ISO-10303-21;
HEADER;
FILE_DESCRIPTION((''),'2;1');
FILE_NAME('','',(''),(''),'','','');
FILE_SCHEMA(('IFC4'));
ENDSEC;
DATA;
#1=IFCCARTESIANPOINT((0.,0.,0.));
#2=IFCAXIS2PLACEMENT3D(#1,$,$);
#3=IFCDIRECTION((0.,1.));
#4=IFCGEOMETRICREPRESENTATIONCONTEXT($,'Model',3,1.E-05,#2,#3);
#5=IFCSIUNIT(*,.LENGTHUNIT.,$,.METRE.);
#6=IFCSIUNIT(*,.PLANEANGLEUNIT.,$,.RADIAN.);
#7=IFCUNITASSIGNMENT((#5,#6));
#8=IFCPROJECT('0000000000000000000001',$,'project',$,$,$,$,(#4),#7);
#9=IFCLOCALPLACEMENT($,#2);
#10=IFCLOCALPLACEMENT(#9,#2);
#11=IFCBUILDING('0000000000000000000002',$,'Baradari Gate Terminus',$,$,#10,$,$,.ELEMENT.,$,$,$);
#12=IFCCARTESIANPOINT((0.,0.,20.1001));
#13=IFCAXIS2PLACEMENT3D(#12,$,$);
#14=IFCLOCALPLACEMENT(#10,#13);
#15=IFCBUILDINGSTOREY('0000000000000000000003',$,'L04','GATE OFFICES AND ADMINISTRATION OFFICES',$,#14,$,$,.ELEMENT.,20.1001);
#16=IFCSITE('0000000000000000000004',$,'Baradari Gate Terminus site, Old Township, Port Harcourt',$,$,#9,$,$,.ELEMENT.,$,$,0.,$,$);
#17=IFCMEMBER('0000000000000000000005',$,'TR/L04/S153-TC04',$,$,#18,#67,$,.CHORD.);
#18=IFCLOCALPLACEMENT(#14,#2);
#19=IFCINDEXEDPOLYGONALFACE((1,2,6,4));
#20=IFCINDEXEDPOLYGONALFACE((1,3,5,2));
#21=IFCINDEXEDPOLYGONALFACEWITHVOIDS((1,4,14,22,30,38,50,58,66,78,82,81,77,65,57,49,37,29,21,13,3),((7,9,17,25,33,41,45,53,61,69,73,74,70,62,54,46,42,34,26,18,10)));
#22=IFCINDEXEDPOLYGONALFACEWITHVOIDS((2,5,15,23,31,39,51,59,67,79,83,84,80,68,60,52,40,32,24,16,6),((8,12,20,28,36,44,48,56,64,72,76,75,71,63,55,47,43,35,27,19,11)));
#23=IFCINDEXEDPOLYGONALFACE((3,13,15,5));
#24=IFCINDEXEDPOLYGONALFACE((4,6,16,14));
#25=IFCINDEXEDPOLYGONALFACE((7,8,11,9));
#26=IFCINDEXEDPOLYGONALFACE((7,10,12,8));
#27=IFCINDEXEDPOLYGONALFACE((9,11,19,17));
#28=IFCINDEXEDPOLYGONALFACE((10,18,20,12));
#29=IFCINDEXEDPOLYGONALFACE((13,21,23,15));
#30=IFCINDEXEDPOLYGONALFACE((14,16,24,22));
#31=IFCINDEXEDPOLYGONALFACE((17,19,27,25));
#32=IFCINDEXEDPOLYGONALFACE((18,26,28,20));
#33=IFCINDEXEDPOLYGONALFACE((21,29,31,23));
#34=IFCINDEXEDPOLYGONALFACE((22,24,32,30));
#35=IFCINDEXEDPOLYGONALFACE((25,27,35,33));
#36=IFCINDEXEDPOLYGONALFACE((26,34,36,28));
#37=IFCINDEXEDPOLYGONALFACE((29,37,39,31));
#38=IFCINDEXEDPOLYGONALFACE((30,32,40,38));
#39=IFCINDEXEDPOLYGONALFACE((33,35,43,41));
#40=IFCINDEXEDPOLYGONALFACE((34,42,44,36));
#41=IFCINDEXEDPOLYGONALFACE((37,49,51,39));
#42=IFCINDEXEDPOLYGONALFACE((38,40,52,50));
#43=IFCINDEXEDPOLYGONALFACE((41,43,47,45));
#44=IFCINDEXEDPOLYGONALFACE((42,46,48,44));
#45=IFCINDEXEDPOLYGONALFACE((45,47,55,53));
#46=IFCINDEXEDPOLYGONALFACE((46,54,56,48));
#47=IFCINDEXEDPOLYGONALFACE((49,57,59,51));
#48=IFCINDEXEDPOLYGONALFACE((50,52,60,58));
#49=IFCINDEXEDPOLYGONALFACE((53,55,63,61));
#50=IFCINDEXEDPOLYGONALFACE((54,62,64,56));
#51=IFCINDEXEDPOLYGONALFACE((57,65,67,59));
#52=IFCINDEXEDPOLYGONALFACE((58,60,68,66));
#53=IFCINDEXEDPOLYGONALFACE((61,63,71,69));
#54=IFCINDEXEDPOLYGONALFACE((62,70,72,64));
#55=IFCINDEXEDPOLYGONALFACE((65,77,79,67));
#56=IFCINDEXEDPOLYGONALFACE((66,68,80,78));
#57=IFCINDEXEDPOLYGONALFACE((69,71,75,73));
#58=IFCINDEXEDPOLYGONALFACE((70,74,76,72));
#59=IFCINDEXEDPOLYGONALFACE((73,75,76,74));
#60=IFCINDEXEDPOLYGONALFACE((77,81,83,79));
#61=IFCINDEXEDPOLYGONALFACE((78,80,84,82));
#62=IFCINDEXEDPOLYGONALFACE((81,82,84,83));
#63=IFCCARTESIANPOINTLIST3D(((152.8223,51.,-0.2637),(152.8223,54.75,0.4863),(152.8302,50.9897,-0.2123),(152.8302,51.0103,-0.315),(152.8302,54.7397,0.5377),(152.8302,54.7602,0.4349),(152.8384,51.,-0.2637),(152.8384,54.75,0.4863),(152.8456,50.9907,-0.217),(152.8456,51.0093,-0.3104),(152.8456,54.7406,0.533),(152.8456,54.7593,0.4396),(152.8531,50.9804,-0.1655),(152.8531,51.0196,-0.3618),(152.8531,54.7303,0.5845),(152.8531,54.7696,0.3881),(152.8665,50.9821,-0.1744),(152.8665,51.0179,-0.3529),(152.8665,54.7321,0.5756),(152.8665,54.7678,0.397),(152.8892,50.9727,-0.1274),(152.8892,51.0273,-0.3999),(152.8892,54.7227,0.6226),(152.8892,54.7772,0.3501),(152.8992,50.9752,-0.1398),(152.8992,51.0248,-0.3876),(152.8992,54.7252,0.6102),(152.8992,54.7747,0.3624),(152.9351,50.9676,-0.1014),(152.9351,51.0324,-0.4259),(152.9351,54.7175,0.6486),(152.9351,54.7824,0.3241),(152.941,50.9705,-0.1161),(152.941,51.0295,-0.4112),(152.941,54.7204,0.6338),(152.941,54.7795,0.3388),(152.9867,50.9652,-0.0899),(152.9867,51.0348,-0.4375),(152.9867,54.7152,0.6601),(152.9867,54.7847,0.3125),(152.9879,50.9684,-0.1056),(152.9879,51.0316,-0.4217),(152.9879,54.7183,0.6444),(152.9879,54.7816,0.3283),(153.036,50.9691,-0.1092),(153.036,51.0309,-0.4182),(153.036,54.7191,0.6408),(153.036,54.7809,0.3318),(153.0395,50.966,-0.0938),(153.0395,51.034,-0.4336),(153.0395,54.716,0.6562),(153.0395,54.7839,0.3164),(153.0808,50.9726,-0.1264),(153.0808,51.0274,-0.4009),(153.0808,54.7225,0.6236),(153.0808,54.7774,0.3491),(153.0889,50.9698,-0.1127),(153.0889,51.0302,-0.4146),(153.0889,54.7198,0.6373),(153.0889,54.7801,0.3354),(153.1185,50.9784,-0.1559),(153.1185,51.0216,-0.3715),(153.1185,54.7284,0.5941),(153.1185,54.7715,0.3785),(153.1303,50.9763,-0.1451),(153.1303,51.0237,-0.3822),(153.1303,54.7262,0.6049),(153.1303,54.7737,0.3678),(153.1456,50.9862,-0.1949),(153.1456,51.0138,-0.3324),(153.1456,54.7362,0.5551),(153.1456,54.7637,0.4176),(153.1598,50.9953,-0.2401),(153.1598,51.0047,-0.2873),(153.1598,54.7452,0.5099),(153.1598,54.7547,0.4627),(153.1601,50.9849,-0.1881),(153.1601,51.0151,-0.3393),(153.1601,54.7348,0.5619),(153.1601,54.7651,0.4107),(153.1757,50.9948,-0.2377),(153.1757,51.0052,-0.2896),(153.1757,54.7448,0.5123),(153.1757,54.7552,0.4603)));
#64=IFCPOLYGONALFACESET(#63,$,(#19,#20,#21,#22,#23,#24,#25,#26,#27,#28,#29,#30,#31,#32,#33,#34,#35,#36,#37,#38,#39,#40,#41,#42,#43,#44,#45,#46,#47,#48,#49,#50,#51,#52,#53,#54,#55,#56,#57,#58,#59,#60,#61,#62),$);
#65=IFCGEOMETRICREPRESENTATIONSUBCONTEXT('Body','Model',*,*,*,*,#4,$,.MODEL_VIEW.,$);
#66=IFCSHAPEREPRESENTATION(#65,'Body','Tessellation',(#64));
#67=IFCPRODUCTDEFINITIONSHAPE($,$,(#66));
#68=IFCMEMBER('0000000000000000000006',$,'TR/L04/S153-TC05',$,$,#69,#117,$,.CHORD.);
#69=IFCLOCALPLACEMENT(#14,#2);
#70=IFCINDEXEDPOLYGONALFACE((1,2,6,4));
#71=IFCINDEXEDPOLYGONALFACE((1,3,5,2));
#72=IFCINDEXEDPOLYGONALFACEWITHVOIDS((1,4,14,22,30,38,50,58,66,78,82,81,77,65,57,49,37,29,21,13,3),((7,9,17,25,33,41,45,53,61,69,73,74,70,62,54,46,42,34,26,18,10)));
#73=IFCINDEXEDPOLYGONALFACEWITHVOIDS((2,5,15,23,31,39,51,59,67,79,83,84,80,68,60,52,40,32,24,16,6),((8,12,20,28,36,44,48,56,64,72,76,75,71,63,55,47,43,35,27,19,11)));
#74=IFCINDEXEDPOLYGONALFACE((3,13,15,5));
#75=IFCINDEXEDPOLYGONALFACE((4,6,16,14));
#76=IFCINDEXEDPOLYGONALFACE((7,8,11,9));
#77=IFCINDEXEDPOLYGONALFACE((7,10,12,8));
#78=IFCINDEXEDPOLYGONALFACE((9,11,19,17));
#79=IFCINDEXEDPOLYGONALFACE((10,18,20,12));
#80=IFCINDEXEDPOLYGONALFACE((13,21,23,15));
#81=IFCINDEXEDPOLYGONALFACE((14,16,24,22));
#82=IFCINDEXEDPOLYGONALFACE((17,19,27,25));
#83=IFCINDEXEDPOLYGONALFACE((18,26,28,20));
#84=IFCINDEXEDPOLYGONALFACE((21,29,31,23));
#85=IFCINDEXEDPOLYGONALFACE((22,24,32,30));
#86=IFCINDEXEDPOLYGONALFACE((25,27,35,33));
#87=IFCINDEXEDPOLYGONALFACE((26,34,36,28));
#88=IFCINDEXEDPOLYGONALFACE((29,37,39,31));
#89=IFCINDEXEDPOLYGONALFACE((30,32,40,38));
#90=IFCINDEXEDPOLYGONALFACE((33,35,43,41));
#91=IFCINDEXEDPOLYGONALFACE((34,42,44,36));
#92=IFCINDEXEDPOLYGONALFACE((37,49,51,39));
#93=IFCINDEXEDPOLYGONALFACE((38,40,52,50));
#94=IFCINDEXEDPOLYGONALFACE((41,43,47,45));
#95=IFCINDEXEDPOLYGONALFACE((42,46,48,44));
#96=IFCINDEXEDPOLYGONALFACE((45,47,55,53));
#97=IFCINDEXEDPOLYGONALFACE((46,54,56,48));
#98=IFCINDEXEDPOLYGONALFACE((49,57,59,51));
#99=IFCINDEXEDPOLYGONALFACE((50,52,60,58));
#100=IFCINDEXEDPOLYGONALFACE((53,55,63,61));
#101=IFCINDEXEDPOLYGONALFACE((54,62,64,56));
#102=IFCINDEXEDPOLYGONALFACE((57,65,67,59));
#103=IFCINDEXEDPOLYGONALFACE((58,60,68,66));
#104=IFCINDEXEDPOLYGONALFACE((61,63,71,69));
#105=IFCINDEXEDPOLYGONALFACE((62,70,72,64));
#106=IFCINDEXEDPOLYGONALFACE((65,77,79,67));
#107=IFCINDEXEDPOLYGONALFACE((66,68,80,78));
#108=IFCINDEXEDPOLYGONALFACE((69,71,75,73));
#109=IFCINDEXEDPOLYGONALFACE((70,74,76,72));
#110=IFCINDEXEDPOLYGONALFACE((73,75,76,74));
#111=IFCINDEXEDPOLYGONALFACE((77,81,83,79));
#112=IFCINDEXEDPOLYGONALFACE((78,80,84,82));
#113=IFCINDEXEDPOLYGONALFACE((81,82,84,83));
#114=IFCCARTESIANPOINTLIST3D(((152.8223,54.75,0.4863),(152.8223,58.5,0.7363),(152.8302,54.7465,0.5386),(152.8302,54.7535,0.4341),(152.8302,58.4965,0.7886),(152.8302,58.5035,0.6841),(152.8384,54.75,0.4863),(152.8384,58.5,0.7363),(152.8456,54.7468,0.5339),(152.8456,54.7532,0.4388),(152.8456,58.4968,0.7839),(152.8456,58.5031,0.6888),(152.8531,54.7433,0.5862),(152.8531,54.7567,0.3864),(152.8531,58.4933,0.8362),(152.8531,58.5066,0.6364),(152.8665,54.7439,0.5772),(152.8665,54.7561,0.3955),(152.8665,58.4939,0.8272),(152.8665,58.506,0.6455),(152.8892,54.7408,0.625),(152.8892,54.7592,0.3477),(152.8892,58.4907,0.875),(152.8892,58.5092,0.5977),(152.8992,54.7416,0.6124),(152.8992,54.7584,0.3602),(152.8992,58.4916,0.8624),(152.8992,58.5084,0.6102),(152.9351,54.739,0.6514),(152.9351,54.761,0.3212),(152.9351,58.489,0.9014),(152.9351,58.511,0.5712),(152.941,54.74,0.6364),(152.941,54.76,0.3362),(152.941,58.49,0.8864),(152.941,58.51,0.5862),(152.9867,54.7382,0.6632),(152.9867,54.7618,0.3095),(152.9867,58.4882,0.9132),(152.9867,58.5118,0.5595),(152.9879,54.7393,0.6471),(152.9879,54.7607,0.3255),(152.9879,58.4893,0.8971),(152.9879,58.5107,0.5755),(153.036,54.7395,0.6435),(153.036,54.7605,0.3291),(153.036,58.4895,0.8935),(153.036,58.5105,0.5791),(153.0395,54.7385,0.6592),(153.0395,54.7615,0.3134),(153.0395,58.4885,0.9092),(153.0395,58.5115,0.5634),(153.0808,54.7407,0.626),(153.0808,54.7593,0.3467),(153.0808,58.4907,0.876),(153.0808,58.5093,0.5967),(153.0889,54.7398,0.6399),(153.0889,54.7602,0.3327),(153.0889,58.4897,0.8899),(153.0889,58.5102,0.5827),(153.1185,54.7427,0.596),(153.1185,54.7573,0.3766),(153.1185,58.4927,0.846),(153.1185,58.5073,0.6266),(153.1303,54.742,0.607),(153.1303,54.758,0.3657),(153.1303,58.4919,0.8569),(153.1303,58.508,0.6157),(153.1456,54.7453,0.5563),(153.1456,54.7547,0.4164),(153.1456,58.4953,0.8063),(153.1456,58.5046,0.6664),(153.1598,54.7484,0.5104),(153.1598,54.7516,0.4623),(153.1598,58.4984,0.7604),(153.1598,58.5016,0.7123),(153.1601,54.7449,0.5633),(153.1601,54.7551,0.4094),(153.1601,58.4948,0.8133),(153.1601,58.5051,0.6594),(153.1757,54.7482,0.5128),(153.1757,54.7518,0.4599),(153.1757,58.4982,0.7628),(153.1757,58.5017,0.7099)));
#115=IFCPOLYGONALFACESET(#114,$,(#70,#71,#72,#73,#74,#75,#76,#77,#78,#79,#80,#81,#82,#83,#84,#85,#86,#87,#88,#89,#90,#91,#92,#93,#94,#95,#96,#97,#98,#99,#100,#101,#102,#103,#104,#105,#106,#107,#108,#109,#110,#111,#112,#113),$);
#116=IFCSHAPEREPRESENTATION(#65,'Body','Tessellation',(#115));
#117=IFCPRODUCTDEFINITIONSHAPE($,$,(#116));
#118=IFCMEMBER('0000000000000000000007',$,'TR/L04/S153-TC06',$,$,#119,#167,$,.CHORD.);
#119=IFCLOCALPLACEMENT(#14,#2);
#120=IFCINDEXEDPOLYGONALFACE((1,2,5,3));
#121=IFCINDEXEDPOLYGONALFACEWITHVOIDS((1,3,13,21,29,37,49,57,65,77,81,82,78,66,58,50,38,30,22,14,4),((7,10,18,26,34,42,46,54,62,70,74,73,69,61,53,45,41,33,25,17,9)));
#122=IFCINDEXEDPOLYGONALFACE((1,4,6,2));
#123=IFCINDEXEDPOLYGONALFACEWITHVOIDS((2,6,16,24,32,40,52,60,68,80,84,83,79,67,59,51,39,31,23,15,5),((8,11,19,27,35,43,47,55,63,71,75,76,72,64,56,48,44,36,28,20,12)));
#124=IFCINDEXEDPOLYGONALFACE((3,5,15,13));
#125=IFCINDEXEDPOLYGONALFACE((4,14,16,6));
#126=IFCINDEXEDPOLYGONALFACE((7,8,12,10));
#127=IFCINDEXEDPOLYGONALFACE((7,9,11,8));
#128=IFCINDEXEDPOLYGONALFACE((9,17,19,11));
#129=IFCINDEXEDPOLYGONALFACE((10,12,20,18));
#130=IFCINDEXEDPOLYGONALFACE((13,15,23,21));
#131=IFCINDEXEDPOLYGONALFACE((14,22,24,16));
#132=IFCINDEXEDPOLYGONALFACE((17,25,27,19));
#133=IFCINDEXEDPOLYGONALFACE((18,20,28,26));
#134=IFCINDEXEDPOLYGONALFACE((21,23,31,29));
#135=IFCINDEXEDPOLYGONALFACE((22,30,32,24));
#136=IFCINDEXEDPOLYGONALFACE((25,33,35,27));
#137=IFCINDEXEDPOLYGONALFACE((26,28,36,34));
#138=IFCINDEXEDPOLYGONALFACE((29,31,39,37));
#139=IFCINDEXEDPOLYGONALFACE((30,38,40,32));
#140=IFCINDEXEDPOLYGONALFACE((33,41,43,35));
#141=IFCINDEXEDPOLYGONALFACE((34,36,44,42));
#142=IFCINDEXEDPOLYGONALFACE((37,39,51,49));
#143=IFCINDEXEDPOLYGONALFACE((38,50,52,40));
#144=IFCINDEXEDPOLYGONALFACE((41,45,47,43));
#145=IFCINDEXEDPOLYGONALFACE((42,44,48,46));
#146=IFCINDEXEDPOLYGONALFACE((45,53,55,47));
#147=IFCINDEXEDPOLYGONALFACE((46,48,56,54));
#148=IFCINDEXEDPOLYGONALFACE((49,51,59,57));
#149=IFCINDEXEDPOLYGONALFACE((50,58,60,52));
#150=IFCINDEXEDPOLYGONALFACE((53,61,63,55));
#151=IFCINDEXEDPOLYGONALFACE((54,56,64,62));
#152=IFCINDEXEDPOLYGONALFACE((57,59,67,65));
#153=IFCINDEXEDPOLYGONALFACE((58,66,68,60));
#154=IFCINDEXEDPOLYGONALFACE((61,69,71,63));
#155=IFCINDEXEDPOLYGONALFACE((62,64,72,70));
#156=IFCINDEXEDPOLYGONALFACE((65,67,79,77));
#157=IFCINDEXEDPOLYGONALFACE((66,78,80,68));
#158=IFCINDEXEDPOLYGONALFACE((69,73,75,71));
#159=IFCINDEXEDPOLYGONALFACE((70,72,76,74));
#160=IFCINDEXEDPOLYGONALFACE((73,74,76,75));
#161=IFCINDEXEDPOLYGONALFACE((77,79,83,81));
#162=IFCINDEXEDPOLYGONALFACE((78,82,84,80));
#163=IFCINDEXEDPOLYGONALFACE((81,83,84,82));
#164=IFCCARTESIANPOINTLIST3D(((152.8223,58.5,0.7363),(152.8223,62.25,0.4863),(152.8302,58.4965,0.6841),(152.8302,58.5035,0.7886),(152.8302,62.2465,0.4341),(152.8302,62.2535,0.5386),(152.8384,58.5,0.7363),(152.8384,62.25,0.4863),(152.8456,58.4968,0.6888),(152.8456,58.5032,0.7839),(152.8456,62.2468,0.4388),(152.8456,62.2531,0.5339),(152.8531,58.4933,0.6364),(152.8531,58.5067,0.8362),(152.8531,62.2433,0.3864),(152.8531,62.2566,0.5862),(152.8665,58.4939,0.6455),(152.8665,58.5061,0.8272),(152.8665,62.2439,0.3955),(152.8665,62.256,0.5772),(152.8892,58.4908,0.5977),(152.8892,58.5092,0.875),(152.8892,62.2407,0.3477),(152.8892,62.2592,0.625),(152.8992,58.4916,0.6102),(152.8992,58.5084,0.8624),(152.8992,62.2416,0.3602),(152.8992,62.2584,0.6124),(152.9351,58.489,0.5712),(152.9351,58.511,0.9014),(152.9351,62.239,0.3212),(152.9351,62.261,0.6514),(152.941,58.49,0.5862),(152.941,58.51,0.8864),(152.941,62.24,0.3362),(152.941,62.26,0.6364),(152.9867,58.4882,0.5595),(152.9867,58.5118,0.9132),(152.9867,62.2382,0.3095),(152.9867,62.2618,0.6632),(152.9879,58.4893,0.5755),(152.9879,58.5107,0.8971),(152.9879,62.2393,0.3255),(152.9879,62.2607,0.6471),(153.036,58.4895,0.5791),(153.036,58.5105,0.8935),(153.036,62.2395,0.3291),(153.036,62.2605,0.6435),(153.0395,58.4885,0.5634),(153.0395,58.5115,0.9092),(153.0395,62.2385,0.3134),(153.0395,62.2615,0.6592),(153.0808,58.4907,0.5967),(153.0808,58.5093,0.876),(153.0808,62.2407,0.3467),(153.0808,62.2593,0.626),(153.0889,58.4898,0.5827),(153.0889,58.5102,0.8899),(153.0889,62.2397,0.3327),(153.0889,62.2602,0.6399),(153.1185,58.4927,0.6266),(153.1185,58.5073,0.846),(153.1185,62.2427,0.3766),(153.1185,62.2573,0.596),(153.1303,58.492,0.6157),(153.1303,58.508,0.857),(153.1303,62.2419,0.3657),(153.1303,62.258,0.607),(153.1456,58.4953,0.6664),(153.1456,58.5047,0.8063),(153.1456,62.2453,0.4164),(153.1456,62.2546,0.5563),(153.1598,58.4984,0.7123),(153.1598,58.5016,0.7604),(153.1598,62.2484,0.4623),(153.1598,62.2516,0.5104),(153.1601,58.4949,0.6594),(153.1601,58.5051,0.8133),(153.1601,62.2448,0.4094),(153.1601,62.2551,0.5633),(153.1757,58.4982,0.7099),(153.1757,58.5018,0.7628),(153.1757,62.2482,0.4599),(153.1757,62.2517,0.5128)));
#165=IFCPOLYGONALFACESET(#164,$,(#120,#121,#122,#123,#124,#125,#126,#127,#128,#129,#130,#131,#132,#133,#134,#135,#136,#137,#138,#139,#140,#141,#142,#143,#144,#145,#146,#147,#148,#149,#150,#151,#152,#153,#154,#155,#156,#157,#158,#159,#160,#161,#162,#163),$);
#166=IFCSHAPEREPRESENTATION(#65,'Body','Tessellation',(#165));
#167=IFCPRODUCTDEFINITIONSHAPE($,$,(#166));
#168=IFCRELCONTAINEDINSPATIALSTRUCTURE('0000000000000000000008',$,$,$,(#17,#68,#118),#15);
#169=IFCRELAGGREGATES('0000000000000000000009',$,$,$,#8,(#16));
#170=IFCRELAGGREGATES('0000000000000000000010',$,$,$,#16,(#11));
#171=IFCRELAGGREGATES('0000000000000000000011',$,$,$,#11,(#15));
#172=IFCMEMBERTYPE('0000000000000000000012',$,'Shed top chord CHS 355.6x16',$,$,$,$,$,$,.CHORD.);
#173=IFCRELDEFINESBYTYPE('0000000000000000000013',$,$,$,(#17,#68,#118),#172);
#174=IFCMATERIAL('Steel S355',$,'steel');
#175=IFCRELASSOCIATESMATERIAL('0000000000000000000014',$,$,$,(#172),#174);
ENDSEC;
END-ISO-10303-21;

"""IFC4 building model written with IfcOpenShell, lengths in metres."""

from ifc_helpers import new_model, si_unit, direction, frame, origin, origin_2d, place, context, subcontext, project, spatial, hollow_circle, extrude, material, material_profile, profile_set, type_object, element, save


model = new_model("IFC4")

# Units and contexts
model_context = context("Model", 3, precision=1e-05, world=origin(), true_north=direction((0.0, 1.0)))
body_context = subcontext(model_context, "Body", "Model", "MODEL_VIEW")
ifc_project = project(units=[si_unit("LENGTHUNIT", "METRE"), si_unit("PLANEANGLEUNIT", "RADIAN")], contexts=[model_context])

# Site, building, storey
site_placement = place(None, origin())
site = spatial("IfcSite", under=ifc_project, at=site_placement, Name="Baradari Gate Terminus site, Old Township, Port Harcourt", CompositionType="ELEMENT", RefElevation=0.0)
building_placement = place(site_placement, origin())
building = spatial("IfcBuilding", under=site, at=building_placement, Name="Baradari Gate Terminus", CompositionType="ELEMENT")
storey_placement = place(building_placement, frame((0.0, 0.0, 20.1001)))
storey = spatial("IfcBuildingStorey", under=building, at=storey_placement, Name="L04", Description="GATE OFFICES AND ADMINISTRATION OFFICES", CompositionType="ELEMENT", Elevation=20.1001)

# Members
ifc_material_1 = material(Name="Steel S355", Category="steel")
ifc_material_profile_1 = material_profile(ifc_material_1, hollow_circle(Radius=0.1777, WallThickness=0.0161, at=origin_2d()), Name="CHS 355.6x16")
ifc_profile_set_1 = profile_set([ifc_material_profile_1], Name="Steel S355")
member_type_1 = type_object("IfcMemberType", Name="Shed top chord CHS 355.6x16", PredefinedType="CHORD", material=ifc_profile_set_1)
for number, where, z_axis, x_axis, name in (
    (1, (153.0, 51.0, -0.2637), (0.0, 0.980581, 0.196116), (-1.0, 0.0, 0.0), "TR/L04/S153-TC04"),
):
    element("IfcMember", number, at=place(storey_placement, frame(where, z_axis=z_axis, x_axis=x_axis)), inside=storey, type_object=member_type_1, Name=name, PredefinedType="CHORD", context=body_context, shape_type="SweptSolid", body=[
        extrude(hollow_circle(Radius=0.1777, WallThickness=0.0161, at=origin_2d()), origin(), (0.0, 0.0, 1.0), 3.8242),
    ])
for number, where, z_axis, x_axis, name in (
    (2, (153.0, 54.75, 0.4863), (0.0, 0.997785, 0.066519), (-1.0, 0.0, 0.0), "TR/L04/S153-TC05"),
    (3, (153.0, 58.5, 0.7363), (0.0, 0.997785, -0.066519), (-1.0, 0.0, 0.0), "TR/L04/S153-TC06"),
):
    element("IfcMember", number, at=place(storey_placement, frame(where, z_axis=z_axis, x_axis=x_axis)), inside=storey, type_object=member_type_1, Name=name, PredefinedType="CHORD", context=body_context, shape_type="SweptSolid", body=[
        extrude(hollow_circle(Radius=0.1777, WallThickness=0.0161, at=origin_2d()), origin(), (0.0, 0.0, 1.0), 3.7583),
    ])

save(model, "model.ifc")
